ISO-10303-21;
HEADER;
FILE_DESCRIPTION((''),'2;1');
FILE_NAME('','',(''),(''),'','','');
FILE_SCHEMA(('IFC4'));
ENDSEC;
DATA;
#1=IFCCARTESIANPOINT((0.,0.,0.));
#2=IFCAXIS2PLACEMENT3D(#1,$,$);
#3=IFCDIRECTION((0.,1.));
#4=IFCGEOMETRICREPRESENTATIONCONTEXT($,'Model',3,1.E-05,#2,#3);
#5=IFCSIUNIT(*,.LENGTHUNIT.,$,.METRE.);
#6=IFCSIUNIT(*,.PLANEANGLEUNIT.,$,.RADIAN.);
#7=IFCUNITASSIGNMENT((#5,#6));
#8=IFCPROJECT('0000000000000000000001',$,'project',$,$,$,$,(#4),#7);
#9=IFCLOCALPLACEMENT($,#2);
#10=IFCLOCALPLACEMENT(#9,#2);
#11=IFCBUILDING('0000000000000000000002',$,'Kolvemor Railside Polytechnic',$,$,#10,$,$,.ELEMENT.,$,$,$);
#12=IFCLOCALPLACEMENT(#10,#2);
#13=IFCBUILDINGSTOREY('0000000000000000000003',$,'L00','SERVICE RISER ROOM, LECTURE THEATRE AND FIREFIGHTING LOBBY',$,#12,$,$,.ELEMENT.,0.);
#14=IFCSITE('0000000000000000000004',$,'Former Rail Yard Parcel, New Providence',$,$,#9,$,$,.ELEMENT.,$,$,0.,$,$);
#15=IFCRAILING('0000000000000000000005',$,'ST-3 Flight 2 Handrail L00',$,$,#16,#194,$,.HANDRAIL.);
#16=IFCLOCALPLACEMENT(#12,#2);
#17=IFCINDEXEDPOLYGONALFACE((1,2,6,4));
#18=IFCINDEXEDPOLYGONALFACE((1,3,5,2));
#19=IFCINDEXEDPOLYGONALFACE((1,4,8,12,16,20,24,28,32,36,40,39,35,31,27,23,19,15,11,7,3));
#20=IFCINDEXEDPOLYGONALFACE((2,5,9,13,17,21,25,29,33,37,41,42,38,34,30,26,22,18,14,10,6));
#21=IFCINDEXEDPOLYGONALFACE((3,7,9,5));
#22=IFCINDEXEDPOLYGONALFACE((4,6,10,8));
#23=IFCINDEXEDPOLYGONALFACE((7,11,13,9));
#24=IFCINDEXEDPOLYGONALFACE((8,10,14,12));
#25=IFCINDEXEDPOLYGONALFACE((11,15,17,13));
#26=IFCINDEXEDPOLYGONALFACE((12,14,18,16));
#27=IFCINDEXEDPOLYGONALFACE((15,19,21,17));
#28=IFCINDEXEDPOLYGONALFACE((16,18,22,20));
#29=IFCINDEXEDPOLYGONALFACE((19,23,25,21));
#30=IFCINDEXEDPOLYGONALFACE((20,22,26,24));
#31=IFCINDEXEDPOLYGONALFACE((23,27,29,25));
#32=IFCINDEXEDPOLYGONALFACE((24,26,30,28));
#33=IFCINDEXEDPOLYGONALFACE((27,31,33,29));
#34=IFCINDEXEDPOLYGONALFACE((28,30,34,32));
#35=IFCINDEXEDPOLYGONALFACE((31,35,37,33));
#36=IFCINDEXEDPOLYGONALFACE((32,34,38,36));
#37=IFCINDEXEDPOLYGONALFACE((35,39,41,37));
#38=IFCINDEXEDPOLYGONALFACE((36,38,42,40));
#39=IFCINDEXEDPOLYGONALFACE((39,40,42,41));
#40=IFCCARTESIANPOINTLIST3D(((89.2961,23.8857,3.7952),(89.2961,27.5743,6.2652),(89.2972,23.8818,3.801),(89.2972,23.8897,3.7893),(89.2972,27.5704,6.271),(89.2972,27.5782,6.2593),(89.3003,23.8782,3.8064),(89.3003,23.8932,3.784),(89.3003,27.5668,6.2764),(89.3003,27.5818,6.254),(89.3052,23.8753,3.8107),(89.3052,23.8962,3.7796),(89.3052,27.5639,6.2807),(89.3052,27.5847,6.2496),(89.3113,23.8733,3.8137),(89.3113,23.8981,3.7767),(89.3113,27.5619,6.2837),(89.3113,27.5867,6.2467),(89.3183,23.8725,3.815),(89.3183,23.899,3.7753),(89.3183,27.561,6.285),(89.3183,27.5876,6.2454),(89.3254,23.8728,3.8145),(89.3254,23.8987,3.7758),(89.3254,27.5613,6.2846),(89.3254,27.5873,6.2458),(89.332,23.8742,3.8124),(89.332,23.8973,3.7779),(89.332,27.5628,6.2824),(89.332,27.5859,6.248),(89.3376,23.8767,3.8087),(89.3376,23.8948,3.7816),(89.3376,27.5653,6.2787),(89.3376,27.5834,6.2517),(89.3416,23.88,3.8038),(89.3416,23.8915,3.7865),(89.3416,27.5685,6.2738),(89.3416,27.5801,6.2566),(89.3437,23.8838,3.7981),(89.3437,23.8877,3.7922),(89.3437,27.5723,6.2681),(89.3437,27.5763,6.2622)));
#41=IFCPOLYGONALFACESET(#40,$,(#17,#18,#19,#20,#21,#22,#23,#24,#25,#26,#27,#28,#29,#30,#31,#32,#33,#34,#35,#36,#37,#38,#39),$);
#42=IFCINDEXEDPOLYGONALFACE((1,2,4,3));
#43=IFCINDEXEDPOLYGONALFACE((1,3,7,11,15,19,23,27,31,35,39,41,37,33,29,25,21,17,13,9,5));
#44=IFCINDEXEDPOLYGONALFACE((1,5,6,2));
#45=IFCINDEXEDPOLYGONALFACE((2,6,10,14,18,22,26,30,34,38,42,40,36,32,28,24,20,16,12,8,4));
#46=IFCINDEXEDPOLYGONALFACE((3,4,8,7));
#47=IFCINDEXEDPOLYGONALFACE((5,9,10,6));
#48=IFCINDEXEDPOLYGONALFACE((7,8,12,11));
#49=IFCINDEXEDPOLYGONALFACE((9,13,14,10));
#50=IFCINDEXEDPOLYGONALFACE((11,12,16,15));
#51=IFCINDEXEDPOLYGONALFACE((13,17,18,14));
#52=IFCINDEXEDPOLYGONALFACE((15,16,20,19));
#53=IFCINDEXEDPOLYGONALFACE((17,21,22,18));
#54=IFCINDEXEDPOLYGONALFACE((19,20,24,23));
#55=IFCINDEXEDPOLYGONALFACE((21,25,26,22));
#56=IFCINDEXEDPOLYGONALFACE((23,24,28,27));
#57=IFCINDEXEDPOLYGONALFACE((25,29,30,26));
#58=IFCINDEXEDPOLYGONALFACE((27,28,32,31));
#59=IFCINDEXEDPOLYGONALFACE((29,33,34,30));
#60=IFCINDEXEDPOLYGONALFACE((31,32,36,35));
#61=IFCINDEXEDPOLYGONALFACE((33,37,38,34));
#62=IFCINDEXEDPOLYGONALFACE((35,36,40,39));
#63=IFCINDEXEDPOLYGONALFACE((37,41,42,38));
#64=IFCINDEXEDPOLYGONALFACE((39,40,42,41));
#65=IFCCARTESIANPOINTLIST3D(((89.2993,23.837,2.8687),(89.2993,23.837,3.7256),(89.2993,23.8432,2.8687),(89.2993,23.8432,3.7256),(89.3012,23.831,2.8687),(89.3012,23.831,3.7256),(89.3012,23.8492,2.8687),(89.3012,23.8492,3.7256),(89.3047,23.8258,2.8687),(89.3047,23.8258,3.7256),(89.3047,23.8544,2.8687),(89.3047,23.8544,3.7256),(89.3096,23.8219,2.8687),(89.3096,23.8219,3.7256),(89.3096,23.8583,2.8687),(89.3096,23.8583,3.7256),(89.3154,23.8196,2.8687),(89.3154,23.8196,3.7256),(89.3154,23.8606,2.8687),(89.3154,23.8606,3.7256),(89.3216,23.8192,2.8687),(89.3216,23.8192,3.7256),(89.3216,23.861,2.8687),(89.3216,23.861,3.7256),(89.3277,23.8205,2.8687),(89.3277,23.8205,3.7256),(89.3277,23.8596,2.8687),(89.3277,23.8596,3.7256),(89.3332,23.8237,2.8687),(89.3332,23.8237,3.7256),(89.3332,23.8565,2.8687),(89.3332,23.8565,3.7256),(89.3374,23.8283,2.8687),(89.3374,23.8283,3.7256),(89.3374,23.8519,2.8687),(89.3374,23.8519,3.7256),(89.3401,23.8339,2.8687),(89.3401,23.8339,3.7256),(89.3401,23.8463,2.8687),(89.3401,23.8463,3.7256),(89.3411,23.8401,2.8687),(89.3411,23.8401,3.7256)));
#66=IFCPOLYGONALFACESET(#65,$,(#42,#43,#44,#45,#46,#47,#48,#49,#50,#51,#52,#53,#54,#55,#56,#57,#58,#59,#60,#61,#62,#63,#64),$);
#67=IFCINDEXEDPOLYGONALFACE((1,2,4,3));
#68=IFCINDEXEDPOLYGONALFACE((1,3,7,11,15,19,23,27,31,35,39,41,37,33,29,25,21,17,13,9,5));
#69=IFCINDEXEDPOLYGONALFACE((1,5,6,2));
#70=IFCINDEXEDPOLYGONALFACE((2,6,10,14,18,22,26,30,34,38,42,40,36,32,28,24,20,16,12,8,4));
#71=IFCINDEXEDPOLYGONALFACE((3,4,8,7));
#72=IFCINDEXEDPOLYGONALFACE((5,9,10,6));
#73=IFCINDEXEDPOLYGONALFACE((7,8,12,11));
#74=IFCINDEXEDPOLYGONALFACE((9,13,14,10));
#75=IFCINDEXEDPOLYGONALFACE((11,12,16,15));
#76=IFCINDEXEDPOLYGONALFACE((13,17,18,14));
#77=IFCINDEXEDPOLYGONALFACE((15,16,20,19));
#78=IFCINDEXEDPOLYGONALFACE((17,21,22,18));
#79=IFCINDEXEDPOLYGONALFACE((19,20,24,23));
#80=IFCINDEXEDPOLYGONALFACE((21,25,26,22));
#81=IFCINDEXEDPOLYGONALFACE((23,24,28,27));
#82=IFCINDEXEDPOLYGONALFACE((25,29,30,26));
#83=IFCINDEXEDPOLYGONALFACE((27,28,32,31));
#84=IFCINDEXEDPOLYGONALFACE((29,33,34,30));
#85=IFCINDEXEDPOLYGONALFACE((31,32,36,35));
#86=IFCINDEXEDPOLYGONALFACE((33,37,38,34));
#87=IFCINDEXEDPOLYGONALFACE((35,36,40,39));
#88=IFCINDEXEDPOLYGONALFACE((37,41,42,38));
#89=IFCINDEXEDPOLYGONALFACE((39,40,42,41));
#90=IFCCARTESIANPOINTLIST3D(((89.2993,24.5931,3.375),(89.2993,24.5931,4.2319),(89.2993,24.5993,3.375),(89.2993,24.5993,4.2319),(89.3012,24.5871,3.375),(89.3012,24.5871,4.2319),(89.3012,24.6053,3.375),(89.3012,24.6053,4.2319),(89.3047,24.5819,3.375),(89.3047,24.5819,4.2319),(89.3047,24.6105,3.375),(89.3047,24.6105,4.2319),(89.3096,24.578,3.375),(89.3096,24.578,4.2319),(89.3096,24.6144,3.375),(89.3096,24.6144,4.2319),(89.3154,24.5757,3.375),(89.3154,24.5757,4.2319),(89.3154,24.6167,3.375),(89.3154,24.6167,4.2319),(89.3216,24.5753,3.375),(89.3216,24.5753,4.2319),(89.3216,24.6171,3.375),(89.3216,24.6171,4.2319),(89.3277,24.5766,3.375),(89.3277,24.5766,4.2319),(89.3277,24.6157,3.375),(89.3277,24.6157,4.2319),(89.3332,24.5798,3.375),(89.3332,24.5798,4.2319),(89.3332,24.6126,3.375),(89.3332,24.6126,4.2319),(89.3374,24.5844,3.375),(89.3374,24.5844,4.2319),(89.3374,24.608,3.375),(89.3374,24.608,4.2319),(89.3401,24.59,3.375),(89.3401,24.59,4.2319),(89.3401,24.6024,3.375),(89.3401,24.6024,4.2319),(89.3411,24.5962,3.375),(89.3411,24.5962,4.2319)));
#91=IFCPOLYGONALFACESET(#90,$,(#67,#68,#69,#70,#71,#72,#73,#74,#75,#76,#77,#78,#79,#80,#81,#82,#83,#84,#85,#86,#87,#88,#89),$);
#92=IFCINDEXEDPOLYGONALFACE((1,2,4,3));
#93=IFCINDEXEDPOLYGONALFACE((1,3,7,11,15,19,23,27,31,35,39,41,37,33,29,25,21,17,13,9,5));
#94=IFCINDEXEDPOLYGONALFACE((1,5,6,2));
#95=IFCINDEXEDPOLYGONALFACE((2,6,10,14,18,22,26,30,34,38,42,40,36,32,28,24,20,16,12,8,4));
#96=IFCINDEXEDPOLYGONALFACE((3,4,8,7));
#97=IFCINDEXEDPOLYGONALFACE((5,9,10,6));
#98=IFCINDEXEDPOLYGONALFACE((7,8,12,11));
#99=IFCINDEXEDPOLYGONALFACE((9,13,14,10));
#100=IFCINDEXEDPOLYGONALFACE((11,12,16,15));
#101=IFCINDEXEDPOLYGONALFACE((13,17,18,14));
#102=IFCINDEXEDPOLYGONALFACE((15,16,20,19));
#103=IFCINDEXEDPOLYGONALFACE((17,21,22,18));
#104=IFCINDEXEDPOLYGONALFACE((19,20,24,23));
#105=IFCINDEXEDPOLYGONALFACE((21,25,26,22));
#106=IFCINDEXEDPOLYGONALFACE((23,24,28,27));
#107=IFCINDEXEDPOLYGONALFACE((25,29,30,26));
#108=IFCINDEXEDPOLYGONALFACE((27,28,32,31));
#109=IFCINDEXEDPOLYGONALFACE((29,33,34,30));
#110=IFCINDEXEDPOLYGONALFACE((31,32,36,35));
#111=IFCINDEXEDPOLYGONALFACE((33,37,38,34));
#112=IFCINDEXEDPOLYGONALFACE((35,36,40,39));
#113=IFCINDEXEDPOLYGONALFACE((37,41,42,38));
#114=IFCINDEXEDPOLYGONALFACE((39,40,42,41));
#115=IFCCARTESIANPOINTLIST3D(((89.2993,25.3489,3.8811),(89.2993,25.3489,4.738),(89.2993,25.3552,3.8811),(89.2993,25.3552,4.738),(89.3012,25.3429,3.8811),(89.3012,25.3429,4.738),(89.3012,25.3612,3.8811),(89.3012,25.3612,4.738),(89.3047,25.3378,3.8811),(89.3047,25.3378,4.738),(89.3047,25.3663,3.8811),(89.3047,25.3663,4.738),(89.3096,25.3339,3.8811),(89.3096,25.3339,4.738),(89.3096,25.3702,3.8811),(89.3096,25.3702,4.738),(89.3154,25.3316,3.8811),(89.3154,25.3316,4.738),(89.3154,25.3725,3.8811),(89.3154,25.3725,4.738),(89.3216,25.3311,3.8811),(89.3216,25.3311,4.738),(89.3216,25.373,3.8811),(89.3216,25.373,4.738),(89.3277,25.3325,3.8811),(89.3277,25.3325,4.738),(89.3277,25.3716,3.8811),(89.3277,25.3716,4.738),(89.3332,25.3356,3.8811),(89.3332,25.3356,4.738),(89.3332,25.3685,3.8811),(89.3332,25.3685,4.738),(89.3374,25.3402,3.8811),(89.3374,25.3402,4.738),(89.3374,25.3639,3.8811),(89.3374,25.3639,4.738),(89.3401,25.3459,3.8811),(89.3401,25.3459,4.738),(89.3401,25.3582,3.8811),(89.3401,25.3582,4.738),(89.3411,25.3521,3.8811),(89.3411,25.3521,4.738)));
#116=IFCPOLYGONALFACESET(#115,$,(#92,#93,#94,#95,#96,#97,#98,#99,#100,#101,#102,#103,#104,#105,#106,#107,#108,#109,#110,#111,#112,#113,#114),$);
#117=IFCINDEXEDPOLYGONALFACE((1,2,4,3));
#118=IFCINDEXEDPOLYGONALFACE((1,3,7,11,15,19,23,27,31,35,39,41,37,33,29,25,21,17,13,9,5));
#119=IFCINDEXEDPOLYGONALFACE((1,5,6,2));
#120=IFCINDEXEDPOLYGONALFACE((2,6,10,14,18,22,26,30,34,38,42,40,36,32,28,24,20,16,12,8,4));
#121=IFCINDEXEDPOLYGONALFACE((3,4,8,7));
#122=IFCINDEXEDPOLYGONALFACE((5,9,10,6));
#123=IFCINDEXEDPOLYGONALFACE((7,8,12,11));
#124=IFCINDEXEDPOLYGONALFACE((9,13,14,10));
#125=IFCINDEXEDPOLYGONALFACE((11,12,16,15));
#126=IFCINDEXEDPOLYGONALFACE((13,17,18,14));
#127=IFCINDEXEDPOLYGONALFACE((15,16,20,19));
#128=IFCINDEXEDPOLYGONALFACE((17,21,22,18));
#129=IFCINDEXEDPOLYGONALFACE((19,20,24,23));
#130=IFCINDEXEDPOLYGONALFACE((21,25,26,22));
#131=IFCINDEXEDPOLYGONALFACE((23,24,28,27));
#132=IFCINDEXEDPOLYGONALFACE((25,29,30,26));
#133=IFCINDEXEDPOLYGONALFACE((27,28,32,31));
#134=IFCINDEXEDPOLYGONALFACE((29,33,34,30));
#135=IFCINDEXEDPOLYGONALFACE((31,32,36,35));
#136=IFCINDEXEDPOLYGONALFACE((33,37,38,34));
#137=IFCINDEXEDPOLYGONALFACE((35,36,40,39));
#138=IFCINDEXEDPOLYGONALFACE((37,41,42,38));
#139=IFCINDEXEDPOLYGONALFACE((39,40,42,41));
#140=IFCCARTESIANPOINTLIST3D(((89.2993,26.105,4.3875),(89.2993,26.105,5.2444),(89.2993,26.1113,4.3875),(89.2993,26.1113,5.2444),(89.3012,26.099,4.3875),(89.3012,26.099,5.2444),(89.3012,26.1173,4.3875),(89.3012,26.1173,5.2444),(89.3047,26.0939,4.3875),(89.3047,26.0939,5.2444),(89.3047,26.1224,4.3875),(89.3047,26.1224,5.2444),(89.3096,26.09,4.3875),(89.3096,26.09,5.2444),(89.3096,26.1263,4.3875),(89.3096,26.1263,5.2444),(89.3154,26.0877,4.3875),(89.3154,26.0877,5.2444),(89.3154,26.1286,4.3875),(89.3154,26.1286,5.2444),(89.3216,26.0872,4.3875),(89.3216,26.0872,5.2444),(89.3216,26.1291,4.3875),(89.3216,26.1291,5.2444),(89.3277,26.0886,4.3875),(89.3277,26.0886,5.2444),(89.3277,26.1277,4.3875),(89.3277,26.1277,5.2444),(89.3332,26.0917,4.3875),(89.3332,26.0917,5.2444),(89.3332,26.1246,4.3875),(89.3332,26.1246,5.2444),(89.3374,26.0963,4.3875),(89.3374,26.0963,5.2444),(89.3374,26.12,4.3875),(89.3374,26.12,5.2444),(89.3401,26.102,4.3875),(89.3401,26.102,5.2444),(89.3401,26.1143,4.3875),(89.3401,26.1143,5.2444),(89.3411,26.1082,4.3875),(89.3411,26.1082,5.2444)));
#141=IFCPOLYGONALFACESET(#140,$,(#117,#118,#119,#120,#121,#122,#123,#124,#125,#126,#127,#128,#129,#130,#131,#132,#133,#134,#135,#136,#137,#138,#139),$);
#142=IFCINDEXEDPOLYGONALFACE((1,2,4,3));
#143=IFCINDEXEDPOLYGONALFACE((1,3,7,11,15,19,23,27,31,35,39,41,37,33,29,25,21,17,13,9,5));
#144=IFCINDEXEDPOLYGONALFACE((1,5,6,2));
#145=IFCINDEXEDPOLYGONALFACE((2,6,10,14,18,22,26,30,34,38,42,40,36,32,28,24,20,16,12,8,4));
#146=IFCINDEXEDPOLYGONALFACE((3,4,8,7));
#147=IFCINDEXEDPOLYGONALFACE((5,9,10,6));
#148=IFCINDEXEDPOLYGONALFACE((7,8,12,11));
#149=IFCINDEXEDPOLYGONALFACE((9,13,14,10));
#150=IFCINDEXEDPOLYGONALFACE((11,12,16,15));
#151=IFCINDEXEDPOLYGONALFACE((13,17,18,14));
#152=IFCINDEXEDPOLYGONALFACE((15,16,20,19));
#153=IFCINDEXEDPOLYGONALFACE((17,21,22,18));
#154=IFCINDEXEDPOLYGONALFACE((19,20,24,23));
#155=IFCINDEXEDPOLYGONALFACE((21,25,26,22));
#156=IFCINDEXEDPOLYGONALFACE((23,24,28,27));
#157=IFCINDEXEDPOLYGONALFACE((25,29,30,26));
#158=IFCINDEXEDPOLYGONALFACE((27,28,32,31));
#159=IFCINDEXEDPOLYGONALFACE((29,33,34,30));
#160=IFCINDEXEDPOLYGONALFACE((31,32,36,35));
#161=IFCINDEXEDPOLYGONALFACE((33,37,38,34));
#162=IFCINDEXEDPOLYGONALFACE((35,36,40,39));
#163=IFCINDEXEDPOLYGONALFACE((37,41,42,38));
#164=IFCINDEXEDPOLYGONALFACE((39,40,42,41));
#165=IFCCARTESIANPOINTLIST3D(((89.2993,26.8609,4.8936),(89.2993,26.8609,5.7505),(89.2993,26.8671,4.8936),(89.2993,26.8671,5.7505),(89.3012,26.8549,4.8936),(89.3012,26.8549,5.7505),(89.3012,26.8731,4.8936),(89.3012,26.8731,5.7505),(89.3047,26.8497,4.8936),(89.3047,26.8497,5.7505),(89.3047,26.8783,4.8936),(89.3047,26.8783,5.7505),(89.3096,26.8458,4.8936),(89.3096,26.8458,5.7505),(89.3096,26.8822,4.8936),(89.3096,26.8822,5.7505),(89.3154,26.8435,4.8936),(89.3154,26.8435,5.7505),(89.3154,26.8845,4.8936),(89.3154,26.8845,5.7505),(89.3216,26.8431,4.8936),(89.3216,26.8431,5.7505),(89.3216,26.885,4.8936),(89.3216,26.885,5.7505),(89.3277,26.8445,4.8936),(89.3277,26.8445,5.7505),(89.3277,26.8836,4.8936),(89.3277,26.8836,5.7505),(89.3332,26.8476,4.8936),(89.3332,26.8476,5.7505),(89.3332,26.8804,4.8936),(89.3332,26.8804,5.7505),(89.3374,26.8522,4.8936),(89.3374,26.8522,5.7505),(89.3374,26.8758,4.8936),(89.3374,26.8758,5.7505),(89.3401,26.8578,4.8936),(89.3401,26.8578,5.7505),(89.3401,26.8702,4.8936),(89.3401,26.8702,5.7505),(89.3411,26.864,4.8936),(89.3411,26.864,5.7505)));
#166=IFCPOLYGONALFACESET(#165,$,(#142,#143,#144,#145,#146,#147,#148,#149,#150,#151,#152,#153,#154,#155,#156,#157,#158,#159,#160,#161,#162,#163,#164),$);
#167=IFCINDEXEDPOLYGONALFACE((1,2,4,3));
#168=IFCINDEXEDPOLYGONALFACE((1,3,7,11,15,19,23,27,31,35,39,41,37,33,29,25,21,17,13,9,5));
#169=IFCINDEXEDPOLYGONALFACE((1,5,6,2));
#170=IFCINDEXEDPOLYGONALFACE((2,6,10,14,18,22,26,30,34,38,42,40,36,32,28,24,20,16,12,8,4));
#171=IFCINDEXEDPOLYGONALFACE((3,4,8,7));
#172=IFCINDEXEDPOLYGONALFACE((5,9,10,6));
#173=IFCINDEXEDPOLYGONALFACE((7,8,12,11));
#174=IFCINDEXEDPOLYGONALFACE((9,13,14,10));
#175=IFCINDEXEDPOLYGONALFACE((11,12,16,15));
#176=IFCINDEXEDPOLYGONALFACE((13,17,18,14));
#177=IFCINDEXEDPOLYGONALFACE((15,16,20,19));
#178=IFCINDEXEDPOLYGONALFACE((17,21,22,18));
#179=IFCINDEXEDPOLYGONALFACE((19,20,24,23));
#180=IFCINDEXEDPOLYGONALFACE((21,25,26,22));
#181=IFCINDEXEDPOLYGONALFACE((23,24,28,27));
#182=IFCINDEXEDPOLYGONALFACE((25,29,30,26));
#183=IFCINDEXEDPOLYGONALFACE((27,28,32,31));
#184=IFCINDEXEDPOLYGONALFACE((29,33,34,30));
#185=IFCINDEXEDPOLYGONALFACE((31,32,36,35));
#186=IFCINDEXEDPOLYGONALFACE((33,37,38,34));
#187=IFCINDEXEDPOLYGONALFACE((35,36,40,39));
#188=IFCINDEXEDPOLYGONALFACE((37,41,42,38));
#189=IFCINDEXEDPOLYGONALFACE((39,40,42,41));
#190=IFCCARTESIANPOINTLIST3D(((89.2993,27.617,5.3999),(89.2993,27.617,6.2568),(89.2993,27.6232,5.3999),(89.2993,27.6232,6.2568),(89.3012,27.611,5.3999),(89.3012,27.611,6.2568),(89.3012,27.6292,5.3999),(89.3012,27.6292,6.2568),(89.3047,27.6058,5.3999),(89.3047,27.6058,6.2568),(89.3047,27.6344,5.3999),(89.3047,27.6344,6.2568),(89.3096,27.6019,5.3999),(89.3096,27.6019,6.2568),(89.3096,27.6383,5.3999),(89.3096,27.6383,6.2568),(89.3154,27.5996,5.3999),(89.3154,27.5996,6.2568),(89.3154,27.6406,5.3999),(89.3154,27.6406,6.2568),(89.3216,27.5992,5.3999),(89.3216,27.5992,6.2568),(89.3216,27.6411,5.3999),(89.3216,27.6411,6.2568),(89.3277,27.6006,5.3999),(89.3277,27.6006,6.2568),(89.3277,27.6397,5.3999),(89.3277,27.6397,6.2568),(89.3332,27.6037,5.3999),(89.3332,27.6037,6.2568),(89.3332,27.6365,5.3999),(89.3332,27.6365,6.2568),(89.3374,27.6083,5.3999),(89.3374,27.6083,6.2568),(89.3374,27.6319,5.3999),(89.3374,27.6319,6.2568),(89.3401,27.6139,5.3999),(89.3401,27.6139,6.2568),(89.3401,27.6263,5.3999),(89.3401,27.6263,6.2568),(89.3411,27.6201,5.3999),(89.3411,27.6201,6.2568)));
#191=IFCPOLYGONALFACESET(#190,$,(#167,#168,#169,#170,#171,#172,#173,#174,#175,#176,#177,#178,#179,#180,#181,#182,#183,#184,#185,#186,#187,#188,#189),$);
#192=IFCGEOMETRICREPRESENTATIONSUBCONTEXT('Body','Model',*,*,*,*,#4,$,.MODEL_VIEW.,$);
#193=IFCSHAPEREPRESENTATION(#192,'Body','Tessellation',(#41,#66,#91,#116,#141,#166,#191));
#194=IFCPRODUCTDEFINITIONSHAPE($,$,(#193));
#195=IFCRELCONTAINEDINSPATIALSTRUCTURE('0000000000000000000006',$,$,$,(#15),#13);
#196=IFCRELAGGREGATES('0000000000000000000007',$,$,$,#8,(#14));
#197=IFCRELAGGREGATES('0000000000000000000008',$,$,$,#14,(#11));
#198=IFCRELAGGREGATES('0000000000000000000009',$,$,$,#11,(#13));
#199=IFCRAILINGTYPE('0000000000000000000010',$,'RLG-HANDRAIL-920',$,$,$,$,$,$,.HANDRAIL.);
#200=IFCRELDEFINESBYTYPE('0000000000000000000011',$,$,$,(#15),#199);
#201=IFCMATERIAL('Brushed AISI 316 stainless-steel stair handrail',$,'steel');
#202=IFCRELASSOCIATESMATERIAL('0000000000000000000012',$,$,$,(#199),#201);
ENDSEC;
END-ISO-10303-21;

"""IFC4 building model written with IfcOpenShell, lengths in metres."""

from ifc_helpers import new_model, si_unit, direction, frame, origin, origin_2d, place, context, subcontext, project, spatial, circle, extrude, material, type_object, element, save


model = new_model("IFC4")

# Units and contexts
model_context = context("Model", 3, precision=1e-05, world=origin(), true_north=direction((0.0, 1.0)))
body_context = subcontext(model_context, "Body", "Model", "MODEL_VIEW")
ifc_project = project(units=[si_unit("LENGTHUNIT", "METRE"), si_unit("PLANEANGLEUNIT", "RADIAN")], contexts=[model_context])

# Site, building, storey
site_placement = place(None, origin())
site = spatial("IfcSite", under=ifc_project, at=site_placement, Name="Former Rail Yard Parcel, New Providence", CompositionType="ELEMENT", RefElevation=0.0)
building_placement = place(site_placement, origin())
building = spatial("IfcBuilding", under=site, at=building_placement, Name="Kolvemor Railside Polytechnic", CompositionType="ELEMENT")
storey_placement = place(building_placement, origin())
storey = spatial("IfcBuildingStorey", under=building, at=storey_placement, Name="L00", Description="SERVICE RISER ROOM, LECTURE THEATRE AND FIREFIGHTING LOBBY", CompositionType="ELEMENT", Elevation=0.0)

# Railing
ifc_material_1 = material(Name="Brushed AISI 316 stainless-steel stair handrail", Category="steel")
railing_type_1 = type_object("IfcRailingType", Name="RLG-HANDRAIL-920", PredefinedType="HANDRAIL", material=ifc_material_1)
railing_1_placement = place(storey_placement, frame((89.3201, 23.8401, 2.8687)))
element("IfcRailing", 1, at=railing_1_placement, inside=storey, type_object=railing_type_1, Name="ST-3 Flight 2 Handrail L00", PredefinedType="HANDRAIL", context=body_context, shape_type="SweptSolid", body=[
    extrude(circle(Radius=0.0239, at=origin_2d()), frame((0.0, 0.0457, 0.9265), z_axis=(0.0, 0.830909, 0.556408), x_axis=(-1.0, 0.0, 0.0)), (0.0, 0.0, 1.0), 4.4392),
    extrude(circle(Radius=0.021, at=origin_2d()), origin(), (0.0, 0.0, 1.0), 0.8569),
    extrude(circle(Radius=0.021, at=origin_2d()), frame((0.0, 0.7561, 0.5063)), (0.0, 0.0, 1.0), 0.8569),
    extrude(circle(Radius=0.021, at=origin_2d()), frame((0.0, 1.512, 1.0125)), (0.0, 0.0, 1.0), 0.8569),
    extrude(circle(Radius=0.021, at=origin_2d()), frame((0.0, 2.2681, 1.5188)), (0.0, 0.0, 1.0), 0.8569),
    extrude(circle(Radius=0.021, at=origin_2d()), frame((0.0, 3.0239, 2.0249)), (0.0, 0.0, 1.0), 0.8569),
    extrude(circle(Radius=0.021, at=origin_2d()), frame((0.0, 3.78, 2.5312)), (0.0, 0.0, 1.0), 0.8569),
])

save(model, "model.ifc")
